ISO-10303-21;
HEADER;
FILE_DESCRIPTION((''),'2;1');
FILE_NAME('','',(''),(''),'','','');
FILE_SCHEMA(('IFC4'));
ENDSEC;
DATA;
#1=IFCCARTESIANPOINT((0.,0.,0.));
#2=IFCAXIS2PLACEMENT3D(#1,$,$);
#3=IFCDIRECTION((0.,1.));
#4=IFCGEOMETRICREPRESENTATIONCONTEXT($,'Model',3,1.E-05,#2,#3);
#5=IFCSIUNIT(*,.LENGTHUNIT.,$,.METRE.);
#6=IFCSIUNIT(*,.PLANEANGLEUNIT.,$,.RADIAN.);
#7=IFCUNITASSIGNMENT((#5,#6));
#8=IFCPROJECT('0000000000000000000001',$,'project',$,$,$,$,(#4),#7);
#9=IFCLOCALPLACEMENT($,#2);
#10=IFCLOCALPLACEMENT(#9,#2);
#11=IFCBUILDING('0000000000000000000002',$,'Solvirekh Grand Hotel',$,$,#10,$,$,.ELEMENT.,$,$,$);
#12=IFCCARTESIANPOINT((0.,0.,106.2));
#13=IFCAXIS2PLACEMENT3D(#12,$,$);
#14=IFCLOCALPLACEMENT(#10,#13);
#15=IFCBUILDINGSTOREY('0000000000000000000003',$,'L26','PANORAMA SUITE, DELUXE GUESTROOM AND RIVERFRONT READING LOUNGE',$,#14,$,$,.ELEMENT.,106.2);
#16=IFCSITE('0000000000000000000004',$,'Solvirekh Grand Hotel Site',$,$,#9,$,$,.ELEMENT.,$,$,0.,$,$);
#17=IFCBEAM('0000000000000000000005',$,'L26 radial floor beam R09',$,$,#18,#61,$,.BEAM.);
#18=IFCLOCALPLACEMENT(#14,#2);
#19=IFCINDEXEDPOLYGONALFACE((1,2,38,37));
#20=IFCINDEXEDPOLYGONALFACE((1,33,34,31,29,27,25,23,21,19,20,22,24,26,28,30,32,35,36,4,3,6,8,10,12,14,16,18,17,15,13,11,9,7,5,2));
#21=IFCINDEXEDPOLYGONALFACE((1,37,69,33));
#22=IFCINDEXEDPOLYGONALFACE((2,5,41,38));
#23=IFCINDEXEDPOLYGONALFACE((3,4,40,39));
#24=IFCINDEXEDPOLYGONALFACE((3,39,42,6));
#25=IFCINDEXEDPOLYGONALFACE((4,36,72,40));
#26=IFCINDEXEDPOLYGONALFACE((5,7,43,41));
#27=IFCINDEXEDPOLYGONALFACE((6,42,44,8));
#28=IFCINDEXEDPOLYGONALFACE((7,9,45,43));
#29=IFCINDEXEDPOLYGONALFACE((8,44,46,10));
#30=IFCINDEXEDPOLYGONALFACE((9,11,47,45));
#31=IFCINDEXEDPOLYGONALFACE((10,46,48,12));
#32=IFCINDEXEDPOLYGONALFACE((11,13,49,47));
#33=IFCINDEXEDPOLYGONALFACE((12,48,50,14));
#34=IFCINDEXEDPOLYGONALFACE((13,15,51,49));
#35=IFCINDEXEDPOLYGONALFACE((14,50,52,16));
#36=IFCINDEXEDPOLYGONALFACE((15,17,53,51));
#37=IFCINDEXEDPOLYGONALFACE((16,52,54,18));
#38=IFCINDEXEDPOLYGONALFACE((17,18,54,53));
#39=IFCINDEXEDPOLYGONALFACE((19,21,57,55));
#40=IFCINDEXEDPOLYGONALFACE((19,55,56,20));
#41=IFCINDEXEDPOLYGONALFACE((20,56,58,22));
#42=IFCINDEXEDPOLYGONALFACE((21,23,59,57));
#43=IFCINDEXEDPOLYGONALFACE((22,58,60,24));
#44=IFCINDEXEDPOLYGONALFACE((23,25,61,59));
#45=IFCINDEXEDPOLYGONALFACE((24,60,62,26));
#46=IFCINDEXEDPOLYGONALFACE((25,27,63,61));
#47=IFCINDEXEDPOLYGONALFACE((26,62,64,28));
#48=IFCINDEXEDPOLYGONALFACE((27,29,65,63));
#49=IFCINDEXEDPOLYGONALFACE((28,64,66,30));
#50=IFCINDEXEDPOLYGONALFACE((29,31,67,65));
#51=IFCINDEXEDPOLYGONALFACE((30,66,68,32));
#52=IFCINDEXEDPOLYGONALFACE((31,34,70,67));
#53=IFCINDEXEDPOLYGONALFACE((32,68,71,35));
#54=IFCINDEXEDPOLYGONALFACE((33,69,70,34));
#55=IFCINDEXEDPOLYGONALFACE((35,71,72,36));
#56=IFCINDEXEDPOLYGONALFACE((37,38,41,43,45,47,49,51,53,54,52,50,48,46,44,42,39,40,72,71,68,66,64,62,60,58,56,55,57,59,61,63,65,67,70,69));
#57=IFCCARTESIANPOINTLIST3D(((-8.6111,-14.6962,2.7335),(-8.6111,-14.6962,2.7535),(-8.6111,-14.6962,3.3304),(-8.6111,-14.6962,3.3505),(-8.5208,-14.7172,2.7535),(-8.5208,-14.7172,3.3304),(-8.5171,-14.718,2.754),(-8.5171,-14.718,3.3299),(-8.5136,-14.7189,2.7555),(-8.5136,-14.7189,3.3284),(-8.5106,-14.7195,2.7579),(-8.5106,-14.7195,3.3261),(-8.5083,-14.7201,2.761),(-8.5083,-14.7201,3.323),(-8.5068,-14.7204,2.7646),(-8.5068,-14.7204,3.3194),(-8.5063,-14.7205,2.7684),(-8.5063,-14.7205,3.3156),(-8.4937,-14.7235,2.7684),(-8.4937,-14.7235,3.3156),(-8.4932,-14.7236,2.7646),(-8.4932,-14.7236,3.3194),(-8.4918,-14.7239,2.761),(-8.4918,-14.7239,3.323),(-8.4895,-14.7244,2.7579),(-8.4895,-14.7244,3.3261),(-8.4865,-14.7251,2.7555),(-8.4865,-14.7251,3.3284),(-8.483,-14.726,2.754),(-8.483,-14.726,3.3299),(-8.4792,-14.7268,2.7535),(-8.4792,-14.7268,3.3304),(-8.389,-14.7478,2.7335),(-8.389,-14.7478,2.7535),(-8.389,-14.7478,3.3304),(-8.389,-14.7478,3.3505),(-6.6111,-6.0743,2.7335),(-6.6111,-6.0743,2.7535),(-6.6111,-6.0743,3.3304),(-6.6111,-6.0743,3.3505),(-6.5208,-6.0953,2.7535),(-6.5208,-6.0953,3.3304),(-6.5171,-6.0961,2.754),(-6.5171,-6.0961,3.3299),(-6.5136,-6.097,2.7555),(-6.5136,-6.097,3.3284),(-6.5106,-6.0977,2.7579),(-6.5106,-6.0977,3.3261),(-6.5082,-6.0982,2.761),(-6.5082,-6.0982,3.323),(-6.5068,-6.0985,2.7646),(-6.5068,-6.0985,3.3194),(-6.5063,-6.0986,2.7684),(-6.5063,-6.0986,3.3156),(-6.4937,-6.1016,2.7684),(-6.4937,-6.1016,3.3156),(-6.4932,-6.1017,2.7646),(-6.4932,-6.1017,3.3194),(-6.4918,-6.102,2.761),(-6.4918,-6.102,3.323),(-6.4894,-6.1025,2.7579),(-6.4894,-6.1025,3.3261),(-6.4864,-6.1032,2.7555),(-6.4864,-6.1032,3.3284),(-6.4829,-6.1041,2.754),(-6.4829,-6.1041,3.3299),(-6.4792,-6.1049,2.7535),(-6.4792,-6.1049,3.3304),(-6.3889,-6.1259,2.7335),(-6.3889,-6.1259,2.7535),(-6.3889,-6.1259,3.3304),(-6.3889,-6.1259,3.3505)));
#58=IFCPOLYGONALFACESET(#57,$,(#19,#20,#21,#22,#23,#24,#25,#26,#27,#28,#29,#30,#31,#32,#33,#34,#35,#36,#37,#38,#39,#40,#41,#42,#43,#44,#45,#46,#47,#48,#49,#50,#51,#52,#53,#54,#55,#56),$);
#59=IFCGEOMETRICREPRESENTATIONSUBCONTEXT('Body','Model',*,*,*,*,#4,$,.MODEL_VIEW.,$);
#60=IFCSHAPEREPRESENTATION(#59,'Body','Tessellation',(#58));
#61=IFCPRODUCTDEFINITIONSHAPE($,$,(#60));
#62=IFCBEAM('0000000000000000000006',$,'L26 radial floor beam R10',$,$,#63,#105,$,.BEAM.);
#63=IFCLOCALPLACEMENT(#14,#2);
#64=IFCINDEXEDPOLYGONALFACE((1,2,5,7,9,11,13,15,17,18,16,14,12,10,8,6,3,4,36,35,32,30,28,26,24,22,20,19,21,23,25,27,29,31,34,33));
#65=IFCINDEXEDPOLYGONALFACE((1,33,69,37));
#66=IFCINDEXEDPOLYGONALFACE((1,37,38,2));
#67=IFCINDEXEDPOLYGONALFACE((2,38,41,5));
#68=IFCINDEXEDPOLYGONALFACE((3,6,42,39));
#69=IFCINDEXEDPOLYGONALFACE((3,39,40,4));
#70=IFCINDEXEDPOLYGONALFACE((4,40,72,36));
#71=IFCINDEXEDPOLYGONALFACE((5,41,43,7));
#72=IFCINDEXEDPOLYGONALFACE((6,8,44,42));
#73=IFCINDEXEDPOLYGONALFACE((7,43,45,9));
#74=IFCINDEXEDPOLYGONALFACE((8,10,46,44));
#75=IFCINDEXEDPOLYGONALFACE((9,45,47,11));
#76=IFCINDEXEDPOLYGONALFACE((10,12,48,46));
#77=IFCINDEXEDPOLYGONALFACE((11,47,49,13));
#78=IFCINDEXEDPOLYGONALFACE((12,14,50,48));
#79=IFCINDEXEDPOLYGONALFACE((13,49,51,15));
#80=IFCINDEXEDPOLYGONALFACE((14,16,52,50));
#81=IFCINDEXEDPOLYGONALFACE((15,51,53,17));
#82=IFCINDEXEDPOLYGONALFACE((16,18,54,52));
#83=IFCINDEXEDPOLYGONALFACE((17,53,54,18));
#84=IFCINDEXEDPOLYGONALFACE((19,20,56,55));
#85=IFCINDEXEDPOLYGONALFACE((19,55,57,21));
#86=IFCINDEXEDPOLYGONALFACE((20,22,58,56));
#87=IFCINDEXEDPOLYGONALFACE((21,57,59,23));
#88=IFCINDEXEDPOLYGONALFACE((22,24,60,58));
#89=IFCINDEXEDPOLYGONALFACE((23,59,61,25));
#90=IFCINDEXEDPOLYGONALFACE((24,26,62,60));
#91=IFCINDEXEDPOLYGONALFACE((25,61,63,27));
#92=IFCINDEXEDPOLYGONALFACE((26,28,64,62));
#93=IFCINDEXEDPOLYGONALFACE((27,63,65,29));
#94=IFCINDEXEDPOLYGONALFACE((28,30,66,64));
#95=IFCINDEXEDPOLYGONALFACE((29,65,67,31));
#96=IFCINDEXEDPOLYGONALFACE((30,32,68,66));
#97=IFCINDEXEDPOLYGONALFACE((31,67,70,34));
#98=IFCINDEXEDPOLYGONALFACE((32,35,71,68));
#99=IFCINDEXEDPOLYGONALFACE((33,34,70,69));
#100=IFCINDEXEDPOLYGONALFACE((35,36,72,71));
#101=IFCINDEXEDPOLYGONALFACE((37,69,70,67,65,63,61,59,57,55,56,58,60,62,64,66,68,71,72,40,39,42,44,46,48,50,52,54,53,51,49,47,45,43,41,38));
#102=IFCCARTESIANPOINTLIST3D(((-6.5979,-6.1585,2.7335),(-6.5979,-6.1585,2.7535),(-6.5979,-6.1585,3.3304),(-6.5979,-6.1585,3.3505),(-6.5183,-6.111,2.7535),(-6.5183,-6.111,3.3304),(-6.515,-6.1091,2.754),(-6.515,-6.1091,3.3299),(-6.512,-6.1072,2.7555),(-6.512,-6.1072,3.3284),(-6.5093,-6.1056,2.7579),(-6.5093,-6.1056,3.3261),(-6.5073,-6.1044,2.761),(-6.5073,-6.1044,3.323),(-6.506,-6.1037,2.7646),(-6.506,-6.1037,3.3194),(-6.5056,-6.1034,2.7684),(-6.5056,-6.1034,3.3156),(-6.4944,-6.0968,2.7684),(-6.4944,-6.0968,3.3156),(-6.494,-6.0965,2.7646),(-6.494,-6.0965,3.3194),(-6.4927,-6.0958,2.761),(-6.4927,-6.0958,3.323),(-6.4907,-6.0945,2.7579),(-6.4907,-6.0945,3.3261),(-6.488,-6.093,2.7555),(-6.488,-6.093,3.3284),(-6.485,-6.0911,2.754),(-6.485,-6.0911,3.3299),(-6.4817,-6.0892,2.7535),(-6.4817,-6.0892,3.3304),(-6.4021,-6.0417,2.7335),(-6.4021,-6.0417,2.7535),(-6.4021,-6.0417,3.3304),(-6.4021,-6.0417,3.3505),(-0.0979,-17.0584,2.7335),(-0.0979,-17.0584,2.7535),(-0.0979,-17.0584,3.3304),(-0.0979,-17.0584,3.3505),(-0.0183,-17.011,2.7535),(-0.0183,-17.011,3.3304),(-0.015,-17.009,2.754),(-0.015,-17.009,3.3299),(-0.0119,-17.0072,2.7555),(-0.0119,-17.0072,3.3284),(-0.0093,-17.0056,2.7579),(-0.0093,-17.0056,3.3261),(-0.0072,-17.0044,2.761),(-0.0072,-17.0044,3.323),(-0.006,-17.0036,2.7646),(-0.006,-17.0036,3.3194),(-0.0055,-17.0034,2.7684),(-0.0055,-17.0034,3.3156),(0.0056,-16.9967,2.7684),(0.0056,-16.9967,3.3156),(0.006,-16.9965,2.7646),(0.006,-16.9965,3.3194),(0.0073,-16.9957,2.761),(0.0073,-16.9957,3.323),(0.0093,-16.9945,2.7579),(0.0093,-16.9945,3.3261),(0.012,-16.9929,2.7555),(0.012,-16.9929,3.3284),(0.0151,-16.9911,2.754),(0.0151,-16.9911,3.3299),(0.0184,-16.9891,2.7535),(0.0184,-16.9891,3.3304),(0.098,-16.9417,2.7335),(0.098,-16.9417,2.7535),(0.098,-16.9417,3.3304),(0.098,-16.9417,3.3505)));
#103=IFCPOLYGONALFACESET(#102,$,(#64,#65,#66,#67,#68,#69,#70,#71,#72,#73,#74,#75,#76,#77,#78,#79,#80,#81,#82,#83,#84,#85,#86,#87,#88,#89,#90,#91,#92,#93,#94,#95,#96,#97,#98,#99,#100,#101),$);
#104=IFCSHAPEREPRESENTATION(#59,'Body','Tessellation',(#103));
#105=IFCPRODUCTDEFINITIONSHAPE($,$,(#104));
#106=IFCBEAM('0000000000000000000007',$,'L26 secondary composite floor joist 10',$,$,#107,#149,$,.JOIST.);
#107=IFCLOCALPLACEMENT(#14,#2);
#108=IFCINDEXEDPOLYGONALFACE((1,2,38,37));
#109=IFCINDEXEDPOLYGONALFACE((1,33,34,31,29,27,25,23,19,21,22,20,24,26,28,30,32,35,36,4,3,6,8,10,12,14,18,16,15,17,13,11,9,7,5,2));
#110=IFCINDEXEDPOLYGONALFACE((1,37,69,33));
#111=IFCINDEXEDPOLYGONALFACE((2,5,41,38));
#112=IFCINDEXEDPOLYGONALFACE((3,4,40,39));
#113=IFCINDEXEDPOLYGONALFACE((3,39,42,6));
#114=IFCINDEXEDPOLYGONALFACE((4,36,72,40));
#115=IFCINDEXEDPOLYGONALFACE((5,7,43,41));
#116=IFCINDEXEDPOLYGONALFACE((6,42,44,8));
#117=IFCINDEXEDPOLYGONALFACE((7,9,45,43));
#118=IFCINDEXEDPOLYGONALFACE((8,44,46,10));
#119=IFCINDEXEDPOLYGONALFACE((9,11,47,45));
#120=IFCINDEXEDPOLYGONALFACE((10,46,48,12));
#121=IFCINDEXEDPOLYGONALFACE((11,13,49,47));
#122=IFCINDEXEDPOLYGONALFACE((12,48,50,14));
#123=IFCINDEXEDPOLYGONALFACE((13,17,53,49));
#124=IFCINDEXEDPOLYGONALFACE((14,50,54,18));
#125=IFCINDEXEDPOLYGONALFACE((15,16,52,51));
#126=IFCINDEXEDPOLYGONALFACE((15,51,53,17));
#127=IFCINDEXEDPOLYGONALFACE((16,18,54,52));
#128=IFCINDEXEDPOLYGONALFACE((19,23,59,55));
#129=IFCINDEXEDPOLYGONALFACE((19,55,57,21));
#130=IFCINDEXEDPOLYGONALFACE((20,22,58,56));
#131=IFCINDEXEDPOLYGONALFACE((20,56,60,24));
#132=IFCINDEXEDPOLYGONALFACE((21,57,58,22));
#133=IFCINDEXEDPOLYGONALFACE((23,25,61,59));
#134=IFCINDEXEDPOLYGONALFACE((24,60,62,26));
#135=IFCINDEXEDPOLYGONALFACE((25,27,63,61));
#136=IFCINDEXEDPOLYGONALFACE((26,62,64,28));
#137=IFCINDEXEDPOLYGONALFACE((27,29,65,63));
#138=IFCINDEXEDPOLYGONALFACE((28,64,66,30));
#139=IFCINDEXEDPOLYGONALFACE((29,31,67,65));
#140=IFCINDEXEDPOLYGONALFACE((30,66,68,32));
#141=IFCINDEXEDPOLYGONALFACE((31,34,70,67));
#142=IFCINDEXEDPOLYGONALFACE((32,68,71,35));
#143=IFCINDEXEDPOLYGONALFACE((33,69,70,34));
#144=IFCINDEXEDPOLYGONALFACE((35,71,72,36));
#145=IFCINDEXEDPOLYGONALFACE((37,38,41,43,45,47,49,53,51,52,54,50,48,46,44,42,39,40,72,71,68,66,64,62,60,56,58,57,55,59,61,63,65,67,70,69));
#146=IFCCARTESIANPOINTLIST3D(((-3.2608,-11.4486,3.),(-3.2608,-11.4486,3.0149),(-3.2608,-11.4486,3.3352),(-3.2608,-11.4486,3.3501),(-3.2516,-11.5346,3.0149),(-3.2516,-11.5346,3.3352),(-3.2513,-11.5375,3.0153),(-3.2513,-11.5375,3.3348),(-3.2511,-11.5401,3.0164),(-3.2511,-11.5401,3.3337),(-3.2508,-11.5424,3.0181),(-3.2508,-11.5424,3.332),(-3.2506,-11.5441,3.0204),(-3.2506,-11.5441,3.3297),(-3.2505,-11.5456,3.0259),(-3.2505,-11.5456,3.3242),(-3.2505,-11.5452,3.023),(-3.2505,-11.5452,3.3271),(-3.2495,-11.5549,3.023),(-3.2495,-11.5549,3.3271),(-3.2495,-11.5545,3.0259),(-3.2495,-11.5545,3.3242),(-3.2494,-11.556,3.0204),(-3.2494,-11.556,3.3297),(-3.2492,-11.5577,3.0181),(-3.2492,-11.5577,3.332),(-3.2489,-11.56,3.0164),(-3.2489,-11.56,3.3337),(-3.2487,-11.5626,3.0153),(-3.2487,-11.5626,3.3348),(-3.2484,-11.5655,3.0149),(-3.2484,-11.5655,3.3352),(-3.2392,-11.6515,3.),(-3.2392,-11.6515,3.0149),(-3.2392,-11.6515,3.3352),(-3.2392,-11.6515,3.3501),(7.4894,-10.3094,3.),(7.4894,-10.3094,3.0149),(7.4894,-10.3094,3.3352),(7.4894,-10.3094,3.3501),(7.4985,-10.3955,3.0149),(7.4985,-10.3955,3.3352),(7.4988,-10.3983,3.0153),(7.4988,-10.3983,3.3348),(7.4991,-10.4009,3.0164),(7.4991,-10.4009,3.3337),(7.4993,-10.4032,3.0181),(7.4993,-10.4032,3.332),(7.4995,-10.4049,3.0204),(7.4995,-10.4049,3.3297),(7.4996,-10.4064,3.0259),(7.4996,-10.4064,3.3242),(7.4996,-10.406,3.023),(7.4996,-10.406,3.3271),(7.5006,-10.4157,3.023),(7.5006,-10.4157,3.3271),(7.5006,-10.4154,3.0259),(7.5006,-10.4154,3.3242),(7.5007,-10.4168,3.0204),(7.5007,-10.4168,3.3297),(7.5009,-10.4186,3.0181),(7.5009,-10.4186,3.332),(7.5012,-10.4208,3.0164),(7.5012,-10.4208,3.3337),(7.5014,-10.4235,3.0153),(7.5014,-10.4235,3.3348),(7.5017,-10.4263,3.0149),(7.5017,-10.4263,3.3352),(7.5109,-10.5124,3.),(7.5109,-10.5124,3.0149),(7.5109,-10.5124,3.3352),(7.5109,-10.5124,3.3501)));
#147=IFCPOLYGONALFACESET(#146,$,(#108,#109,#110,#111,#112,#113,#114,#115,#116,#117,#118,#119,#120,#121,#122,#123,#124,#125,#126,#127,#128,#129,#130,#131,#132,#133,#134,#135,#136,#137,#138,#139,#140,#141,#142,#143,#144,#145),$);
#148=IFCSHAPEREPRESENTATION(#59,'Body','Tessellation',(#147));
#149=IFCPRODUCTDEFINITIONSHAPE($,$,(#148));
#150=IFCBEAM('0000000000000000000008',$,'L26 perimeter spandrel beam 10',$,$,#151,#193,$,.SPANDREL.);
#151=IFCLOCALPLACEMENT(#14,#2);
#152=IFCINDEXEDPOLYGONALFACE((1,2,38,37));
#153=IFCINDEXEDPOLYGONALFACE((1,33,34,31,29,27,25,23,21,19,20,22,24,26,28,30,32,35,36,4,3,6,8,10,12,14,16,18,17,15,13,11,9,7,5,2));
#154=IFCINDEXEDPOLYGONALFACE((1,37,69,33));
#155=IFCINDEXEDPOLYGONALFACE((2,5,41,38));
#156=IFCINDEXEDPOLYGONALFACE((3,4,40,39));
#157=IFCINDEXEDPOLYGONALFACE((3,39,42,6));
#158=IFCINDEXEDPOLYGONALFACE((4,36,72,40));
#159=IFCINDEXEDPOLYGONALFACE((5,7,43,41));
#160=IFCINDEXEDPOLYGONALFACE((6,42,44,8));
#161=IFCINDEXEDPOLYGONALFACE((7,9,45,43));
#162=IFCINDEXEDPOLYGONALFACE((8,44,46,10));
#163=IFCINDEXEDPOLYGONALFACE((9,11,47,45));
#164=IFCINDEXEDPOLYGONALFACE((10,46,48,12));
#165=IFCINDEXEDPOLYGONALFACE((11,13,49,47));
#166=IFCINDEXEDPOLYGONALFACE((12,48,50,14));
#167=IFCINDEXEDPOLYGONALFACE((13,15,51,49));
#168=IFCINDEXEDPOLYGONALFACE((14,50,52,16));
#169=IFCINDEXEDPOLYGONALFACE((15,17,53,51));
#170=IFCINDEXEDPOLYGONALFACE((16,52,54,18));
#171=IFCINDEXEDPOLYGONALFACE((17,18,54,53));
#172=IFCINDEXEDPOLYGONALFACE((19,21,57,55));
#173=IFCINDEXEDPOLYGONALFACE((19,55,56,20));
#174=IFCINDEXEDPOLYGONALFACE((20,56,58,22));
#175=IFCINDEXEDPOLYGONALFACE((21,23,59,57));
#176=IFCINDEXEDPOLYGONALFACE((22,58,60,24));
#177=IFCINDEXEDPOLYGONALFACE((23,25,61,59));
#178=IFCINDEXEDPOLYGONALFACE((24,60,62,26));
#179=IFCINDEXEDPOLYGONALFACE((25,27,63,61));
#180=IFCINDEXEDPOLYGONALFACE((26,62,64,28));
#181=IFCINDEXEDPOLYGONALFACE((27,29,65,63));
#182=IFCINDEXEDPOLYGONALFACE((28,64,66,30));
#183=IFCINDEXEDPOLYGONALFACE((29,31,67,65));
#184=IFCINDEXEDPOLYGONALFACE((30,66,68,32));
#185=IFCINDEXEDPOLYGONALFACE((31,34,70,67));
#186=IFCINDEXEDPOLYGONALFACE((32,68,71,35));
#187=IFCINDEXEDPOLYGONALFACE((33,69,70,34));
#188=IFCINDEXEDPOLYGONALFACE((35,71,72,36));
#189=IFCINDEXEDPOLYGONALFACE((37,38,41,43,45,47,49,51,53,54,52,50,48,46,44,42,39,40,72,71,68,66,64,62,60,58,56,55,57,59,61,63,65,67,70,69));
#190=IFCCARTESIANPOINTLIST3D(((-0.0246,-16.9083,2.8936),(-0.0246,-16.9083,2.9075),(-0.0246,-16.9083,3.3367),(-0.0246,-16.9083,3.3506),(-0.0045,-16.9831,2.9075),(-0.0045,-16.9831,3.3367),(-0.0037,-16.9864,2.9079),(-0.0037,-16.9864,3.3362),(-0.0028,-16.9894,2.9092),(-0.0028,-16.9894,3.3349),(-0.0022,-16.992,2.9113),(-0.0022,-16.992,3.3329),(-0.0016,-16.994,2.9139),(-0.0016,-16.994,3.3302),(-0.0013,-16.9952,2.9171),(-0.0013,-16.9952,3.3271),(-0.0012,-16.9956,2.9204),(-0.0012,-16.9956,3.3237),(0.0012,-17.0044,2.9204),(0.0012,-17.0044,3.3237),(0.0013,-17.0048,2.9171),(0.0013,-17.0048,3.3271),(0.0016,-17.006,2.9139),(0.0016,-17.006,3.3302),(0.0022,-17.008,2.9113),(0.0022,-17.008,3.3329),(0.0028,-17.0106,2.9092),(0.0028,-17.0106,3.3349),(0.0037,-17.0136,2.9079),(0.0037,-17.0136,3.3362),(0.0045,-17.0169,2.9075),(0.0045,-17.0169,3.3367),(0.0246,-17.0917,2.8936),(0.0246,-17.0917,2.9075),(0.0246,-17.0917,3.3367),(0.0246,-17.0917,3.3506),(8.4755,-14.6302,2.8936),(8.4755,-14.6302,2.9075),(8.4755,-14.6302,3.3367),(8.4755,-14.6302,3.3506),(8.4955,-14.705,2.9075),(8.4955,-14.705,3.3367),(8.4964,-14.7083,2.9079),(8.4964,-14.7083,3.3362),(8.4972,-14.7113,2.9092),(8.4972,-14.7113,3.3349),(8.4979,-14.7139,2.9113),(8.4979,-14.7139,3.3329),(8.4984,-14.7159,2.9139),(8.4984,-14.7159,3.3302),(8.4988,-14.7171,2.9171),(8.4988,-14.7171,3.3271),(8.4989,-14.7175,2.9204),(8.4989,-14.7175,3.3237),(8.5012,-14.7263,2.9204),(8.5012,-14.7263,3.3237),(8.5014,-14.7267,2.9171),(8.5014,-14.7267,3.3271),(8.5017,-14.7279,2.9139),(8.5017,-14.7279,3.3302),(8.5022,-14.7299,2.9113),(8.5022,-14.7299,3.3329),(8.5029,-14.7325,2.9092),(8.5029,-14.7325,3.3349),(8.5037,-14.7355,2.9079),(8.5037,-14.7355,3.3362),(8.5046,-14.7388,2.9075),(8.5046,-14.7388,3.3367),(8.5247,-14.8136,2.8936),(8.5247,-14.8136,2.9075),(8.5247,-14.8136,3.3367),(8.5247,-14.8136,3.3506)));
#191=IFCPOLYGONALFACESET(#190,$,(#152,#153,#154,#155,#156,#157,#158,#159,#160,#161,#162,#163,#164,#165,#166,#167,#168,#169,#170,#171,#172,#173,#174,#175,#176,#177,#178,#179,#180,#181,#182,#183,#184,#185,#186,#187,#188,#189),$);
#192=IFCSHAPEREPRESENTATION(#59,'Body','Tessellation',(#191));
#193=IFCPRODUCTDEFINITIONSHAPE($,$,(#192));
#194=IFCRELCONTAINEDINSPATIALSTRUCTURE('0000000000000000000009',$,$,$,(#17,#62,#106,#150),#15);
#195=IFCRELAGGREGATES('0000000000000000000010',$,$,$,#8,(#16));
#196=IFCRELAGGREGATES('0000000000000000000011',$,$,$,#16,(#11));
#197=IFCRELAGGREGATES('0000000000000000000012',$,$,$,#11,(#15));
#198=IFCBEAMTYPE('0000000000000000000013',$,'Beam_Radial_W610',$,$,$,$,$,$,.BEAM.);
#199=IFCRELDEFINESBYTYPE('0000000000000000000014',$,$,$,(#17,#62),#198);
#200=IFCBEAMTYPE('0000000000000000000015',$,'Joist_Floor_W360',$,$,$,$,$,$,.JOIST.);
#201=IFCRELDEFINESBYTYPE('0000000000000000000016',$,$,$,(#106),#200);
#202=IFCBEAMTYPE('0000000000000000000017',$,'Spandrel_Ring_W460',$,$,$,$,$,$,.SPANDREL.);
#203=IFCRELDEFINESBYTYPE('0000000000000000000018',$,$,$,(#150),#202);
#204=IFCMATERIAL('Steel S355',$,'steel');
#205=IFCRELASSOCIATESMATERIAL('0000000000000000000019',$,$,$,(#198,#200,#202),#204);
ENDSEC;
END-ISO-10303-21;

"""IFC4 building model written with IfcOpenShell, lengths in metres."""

from ifc_helpers import new_model, si_unit, direction, frame, origin, origin_2d, place, context, subcontext, project, spatial, i_section, extrude, material, material_profile, profile_set, type_object, element, save


model = new_model("IFC4")

# Units and contexts
model_context = context("Model", 3, precision=1e-05, world=origin(), true_north=direction((0.0, 1.0)))
body_context = subcontext(model_context, "Body", "Model", "MODEL_VIEW")
ifc_project = project(units=[si_unit("LENGTHUNIT", "METRE"), si_unit("PLANEANGLEUNIT", "RADIAN")], contexts=[model_context])

# Site, building, storey
site_placement = place(None, origin())
site = spatial("IfcSite", under=ifc_project, at=site_placement, Name="Solvirekh Grand Hotel Site", CompositionType="ELEMENT", RefElevation=0.0)
building_placement = place(site_placement, origin())
building = spatial("IfcBuilding", under=site, at=building_placement, Name="Solvirekh Grand Hotel", CompositionType="ELEMENT")
storey_placement = place(building_placement, frame((0.0, 0.0, 106.2)))
storey = spatial("IfcBuildingStorey", under=building, at=storey_placement, Name="L26", Description="PANORAMA SUITE, DELUXE GUESTROOM AND RIVERFRONT READING LOUNGE", CompositionType="ELEMENT", Elevation=106.2)

# Beams
ifc_material_1 = material(Name="Steel S355", Category="steel")
ifc_material_profile_1 = material_profile(ifc_material_1, i_section(OverallWidth=0.228, OverallDepth=0.6169, WebThickness=0.0129, FlangeThickness=0.02, FilletRadius=0.0149, at=origin_2d()), Name="W610X140")
ifc_profile_set_1 = profile_set([ifc_material_profile_1], Name="Steel S355")
beam_type_1 = type_object("IfcBeamType", Name="Beam_Radial_W610", PredefinedType="BEAM", material=ifc_profile_set_1)
beam_1_placement = place(storey_placement, frame((-6.5, -6.1001, 3.042), z_axis=(-0.225969, -0.974134, 0.0), x_axis=(0.974134, -0.225969, 0.0)))
element("IfcBeam", 1, at=beam_1_placement, inside=storey, type_object=beam_type_1, Name="L26 radial floor beam R09", PredefinedType="BEAM", context=body_context, shape_type="SweptSolid", body=[
    extrude(i_section(OverallWidth=0.228, OverallDepth=0.6169, WebThickness=0.0129, FlangeThickness=0.02, FilletRadius=0.0149, at=origin_2d()), origin(), (0.0, 0.0, 1.0), 8.8508),
])
beam_2_placement = place(storey_placement, frame((-6.5, -6.1001, 3.042), z_axis=(0.51218, -0.858878, 0.0), x_axis=(0.858878, 0.51218, 0.0)))
element("IfcBeam", 2, at=beam_2_placement, inside=storey, type_object=beam_type_1, Name="L26 radial floor beam R10", PredefinedType="BEAM", context=body_context, shape_type="SweptSolid", body=[
    extrude(i_section(OverallWidth=0.228, OverallDepth=0.6169, WebThickness=0.0129, FlangeThickness=0.02, FilletRadius=0.0149, at=origin_2d()), origin(), (0.0, 0.0, 1.0), 12.6909),
])
ifc_material_profile_2 = material_profile(ifc_material_1, i_section(OverallWidth=0.2041, OverallDepth=0.3501, WebThickness=0.009, FlangeThickness=0.0149, FilletRadius=0.011, at=origin_2d()), Name="W360X72")
ifc_profile_set_2 = profile_set([ifc_material_profile_2], Name="Steel S355")
beam_type_2 = type_object("IfcBeamType", Name="Joist_Floor_W360", PredefinedType="JOIST", material=ifc_profile_set_2)
beam_3_placement = place(storey_placement, frame((-3.25, -11.55, 3.175), z_axis=(0.994432, 0.105378, 0.0), x_axis=(-0.105378, 0.994432, 0.0)))
element("IfcBeam", 3, at=beam_3_placement, inside=storey, type_object=beam_type_2, Name="L26 secondary composite floor joist 10", PredefinedType="JOIST", context=body_context, shape_type="SweptSolid", body=[
    extrude(i_section(OverallWidth=0.2041, OverallDepth=0.3501, WebThickness=0.009, FlangeThickness=0.0149, FilletRadius=0.011, at=origin_2d()), origin(), (0.0, 0.0, 1.0), 10.8103),
])
ifc_material_profile_3 = material_profile(ifc_material_1, i_section(OverallWidth=0.1899, OverallDepth=0.457, WebThickness=0.009, FlangeThickness=0.0139, FilletRadius=0.0129, at=origin_2d()), Name="W460X74")
ifc_profile_set_3 = profile_set([ifc_material_profile_3], Name="Steel S355")
beam_type_3 = type_object("IfcBeamType", Name="Spandrel_Ring_W460", PredefinedType="SPANDREL", material=ifc_profile_set_3)
beam_4_placement = place(storey_placement, frame((0.0, -17.0, 3.1221), z_axis=(0.965911, 0.258873, 0.0), x_axis=(-0.258873, 0.965911, 0.0)))
element("IfcBeam", 4, at=beam_4_placement, inside=storey, type_object=beam_type_3, Name="L26 perimeter spandrel beam 10", PredefinedType="SPANDREL", context=body_context, shape_type="SweptSolid", body=[
    extrude(i_section(OverallWidth=0.1899, OverallDepth=0.457, WebThickness=0.009, FlangeThickness=0.0139, FilletRadius=0.0129, at=origin_2d()), origin(), (0.0, 0.0, 1.0), 8.8),
])

save(model, "model.ifc")
